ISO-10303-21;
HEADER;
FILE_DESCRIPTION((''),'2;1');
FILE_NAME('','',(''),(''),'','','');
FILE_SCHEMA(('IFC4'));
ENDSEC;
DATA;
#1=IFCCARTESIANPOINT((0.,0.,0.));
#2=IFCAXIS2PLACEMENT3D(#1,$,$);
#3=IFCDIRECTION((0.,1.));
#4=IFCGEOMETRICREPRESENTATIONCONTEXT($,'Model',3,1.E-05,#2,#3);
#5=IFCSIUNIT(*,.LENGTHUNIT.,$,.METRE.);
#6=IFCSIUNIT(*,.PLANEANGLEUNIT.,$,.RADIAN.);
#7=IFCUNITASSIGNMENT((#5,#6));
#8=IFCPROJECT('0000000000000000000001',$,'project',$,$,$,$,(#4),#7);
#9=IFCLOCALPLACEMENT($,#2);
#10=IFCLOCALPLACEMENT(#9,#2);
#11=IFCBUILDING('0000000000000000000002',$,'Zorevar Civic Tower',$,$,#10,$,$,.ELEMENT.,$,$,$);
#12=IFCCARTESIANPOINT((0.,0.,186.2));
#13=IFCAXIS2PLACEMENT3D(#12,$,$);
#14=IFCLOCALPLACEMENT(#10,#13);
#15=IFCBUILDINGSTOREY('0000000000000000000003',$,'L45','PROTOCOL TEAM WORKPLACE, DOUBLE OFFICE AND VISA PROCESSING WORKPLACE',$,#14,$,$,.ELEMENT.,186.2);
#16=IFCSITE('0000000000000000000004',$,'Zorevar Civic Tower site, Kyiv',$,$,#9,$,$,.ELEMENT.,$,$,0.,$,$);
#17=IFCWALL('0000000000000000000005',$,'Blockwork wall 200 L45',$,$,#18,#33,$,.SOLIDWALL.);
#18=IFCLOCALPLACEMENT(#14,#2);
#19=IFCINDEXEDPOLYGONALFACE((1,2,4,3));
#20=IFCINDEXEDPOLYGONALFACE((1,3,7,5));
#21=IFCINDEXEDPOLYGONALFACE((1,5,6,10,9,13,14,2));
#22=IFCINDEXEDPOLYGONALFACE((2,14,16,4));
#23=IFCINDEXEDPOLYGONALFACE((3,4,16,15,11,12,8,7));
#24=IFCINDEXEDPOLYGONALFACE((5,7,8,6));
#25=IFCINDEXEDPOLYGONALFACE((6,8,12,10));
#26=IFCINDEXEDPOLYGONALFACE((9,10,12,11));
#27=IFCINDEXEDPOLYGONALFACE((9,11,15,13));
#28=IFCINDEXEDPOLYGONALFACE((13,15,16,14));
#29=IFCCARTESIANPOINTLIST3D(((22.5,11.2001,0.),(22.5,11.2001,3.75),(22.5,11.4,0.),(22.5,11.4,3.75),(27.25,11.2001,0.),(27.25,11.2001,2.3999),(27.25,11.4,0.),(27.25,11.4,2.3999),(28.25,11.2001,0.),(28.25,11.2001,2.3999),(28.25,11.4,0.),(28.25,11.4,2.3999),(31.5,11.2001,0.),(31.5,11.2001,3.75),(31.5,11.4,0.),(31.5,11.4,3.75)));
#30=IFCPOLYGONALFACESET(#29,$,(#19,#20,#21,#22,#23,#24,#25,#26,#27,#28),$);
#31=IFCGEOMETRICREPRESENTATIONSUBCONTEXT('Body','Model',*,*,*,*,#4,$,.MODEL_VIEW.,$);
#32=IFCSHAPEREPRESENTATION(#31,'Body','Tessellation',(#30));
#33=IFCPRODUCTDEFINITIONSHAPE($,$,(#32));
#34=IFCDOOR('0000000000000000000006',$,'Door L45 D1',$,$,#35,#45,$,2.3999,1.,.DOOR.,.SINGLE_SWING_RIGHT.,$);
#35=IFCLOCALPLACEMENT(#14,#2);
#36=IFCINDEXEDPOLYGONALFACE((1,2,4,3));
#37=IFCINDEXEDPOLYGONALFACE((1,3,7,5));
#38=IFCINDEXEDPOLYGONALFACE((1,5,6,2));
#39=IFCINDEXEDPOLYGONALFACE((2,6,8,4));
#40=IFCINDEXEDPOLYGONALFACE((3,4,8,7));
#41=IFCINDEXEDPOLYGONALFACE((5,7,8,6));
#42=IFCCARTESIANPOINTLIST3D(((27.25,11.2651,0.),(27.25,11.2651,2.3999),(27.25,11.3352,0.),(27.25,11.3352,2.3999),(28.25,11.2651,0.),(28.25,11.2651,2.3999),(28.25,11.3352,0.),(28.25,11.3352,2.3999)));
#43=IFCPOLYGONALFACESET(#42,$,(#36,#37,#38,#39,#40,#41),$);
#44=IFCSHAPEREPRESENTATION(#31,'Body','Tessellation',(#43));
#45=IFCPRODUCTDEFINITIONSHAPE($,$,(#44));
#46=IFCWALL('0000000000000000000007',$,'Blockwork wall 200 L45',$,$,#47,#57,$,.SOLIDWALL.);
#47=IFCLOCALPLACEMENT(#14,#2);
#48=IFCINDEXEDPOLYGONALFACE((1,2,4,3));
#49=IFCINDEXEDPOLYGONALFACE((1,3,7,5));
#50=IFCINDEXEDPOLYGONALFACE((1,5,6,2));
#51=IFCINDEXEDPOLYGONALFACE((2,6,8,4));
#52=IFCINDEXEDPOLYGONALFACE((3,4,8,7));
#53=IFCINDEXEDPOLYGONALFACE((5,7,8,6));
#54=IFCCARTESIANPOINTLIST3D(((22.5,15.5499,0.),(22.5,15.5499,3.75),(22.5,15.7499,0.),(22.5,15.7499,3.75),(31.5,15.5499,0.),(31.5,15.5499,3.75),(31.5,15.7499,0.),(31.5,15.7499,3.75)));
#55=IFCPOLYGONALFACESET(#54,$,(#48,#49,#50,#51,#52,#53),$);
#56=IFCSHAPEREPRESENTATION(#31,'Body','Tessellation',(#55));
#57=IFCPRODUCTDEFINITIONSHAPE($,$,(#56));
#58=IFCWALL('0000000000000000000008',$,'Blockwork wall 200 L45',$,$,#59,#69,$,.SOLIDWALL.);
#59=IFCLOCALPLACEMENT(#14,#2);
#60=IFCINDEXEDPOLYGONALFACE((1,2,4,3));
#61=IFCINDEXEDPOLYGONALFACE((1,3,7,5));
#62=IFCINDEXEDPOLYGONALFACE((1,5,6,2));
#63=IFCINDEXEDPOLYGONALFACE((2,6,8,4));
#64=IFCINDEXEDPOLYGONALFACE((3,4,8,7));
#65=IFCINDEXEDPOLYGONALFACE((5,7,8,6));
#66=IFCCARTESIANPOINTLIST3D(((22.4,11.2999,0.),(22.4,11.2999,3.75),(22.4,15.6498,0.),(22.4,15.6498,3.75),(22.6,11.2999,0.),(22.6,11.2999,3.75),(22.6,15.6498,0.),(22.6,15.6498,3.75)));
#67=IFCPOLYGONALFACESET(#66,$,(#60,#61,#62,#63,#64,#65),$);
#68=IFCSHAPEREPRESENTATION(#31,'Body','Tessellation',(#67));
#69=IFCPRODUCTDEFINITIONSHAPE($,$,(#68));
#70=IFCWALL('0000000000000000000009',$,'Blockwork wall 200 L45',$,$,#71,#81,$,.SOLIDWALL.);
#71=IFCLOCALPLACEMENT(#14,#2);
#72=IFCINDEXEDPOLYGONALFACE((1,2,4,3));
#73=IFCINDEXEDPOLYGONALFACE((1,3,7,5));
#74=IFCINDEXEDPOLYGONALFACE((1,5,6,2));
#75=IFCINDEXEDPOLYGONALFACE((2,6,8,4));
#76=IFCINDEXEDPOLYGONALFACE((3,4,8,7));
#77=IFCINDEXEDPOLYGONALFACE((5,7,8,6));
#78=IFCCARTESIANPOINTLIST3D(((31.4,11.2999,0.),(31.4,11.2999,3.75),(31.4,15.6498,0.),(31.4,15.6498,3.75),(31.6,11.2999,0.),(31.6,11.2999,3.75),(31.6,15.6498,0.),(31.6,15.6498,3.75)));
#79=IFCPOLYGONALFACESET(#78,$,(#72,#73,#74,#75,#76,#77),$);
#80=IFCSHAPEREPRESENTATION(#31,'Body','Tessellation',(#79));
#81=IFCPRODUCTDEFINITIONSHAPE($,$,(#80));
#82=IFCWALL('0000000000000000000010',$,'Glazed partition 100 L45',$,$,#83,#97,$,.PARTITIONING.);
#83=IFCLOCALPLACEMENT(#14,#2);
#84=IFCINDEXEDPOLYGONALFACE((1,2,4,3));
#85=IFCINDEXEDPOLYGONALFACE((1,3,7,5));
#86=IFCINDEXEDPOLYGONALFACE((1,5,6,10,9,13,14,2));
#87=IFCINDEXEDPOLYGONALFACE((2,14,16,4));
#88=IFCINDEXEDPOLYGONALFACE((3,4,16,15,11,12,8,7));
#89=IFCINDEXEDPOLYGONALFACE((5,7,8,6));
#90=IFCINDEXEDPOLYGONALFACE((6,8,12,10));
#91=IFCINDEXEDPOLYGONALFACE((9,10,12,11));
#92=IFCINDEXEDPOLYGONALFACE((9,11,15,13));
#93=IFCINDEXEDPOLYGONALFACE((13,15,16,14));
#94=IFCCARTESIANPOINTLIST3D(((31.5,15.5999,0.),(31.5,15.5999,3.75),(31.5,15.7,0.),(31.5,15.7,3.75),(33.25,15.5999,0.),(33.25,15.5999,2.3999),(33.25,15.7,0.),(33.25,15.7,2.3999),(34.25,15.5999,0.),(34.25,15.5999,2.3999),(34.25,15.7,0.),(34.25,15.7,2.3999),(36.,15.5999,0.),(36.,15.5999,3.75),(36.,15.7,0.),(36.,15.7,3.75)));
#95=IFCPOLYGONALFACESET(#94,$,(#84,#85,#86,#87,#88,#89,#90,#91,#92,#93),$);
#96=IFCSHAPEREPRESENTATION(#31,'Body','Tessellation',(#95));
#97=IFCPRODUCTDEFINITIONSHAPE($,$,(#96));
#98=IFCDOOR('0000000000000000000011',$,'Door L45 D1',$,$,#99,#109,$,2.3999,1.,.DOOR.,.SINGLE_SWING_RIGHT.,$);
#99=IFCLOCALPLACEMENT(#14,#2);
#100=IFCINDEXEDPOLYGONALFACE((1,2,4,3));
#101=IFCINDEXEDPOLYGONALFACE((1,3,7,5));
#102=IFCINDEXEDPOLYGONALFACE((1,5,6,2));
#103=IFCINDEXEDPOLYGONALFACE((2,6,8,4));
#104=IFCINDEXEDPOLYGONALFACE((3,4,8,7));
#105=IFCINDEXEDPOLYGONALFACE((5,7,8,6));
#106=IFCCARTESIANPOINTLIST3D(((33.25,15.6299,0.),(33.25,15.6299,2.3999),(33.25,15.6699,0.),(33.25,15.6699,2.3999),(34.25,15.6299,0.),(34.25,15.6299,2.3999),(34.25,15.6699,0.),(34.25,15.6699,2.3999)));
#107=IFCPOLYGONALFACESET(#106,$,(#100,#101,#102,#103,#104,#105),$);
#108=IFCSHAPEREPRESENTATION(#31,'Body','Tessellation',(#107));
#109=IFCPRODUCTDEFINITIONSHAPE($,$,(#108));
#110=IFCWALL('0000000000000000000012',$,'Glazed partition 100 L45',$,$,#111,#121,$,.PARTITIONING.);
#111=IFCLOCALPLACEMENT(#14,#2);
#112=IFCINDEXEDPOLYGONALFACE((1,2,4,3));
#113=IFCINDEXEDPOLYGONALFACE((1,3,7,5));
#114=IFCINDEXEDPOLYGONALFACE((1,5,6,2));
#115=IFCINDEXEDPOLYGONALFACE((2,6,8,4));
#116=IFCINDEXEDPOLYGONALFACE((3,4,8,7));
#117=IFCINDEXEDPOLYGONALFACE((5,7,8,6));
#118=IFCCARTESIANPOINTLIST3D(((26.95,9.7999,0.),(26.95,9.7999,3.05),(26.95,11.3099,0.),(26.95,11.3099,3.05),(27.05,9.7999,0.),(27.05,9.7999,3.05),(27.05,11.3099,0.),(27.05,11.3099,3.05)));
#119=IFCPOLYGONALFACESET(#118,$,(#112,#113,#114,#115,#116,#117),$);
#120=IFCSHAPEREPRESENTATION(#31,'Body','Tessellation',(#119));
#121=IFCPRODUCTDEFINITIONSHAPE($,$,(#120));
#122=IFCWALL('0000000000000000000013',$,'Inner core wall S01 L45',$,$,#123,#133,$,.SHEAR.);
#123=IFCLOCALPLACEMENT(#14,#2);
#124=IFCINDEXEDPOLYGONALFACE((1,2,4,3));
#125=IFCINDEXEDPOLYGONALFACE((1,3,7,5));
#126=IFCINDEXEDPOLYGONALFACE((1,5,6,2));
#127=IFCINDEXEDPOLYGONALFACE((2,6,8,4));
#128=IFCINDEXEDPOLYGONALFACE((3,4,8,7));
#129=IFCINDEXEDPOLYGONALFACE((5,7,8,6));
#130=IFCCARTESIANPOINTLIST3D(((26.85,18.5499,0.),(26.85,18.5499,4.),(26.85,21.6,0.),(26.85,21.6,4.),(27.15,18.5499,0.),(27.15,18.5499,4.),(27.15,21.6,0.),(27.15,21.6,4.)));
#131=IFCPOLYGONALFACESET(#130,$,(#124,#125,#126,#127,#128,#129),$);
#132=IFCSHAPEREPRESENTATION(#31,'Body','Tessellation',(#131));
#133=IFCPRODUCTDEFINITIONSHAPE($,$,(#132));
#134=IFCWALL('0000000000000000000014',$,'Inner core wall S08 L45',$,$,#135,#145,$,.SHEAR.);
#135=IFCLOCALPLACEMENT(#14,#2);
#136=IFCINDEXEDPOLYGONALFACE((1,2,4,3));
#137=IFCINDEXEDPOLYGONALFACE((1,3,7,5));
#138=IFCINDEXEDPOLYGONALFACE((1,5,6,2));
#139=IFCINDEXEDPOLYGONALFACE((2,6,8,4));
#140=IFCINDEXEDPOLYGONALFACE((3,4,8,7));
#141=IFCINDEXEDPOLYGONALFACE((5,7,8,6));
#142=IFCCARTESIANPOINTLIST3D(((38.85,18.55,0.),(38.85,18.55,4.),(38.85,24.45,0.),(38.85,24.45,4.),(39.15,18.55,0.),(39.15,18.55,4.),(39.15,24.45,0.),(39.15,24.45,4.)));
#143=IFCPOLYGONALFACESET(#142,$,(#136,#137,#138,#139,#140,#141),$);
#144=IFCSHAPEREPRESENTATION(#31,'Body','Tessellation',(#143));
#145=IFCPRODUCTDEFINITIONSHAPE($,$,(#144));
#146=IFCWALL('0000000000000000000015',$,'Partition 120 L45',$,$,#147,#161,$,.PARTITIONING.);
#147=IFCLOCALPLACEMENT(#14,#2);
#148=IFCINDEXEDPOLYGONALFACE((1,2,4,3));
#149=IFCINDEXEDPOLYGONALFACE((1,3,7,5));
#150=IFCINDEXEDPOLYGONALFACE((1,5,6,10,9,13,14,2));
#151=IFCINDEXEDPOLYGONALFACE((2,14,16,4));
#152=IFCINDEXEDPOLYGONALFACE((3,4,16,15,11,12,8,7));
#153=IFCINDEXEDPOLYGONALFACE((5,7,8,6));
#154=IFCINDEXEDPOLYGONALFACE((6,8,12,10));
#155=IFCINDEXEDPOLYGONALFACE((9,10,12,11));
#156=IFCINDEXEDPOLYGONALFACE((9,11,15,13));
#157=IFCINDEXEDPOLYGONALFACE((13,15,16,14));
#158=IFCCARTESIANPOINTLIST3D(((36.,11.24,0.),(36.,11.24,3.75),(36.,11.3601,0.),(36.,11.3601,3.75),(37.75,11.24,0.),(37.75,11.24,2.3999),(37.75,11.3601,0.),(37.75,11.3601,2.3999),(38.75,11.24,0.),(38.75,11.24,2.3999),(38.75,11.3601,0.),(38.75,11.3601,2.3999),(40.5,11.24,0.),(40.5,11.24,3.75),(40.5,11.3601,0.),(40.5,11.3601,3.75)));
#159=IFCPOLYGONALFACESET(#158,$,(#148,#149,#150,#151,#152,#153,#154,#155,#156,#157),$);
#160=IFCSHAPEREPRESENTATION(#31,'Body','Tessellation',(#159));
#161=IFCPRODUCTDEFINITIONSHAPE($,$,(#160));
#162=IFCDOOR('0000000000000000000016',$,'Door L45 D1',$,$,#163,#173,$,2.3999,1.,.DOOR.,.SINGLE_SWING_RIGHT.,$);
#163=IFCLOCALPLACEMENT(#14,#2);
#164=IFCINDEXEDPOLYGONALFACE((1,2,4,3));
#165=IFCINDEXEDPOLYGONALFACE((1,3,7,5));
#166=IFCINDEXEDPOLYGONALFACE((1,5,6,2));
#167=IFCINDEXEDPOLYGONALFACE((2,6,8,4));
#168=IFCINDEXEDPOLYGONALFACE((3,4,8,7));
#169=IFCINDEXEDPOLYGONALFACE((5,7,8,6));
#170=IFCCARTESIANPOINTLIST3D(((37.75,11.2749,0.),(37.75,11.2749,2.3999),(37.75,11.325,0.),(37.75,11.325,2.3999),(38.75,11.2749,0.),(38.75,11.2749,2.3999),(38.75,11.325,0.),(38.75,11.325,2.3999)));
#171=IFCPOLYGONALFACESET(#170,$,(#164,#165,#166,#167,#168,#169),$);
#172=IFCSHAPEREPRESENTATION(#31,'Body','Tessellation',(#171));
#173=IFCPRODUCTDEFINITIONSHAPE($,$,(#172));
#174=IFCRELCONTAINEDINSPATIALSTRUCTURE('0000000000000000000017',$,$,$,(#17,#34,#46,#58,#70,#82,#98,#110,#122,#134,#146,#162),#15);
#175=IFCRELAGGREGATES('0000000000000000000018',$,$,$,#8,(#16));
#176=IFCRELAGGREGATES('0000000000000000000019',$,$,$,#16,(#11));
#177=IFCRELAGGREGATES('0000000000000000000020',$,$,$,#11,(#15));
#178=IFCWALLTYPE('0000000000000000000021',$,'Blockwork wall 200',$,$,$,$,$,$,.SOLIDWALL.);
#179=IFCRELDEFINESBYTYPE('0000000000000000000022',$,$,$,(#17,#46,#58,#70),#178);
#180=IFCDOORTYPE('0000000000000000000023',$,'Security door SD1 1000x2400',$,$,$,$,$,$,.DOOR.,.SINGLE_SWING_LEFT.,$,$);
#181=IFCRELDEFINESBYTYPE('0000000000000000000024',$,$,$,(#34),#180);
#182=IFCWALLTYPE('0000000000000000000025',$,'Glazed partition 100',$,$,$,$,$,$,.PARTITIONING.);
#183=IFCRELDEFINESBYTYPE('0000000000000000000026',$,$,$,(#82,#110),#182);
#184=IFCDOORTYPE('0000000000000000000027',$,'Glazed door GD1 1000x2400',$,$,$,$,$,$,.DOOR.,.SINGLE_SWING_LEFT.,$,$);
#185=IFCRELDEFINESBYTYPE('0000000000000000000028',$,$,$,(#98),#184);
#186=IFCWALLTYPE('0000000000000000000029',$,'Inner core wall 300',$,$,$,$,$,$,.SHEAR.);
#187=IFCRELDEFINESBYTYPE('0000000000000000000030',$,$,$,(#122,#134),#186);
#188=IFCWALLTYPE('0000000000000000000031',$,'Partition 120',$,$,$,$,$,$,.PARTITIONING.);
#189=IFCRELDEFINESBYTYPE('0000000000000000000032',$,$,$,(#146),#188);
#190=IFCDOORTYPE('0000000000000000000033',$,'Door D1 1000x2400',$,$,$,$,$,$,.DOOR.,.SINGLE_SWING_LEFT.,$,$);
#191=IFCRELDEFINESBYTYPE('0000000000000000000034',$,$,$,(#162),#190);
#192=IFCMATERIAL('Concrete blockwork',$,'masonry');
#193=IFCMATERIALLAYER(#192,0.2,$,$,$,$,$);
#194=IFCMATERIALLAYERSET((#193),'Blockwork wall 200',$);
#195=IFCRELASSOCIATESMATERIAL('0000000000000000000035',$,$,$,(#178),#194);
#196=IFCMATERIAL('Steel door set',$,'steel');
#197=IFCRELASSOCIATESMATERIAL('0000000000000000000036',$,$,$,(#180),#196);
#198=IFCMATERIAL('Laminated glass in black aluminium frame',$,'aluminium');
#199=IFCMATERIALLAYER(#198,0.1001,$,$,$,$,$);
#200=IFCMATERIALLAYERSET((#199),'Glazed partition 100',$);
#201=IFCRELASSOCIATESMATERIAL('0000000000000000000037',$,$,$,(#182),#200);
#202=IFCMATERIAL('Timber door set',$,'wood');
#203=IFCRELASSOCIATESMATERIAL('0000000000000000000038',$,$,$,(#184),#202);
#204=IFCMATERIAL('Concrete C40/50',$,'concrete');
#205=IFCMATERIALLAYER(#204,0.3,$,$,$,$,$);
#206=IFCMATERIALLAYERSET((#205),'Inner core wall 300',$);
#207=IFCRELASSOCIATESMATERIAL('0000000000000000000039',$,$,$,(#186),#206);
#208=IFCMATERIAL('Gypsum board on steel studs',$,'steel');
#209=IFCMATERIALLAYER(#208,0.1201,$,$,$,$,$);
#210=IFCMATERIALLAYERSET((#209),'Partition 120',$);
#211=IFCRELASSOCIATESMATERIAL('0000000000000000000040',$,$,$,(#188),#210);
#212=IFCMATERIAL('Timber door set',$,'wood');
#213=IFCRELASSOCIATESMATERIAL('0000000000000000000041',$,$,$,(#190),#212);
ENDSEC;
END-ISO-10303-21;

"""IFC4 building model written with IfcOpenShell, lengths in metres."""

from ifc_helpers import new_model, si_unit, direction, frame, frame_2d, origin, place, context, subcontext, project, spatial, rectangle, extrude, material, layer, layer_set, type_object, element, fill, save


model = new_model("IFC4")

# Units and contexts
model_context = context("Model", 3, precision=1e-05, world=origin(), true_north=direction((0.0, 1.0)))
body_context = subcontext(model_context, "Body", "Model", "MODEL_VIEW")
ifc_project = project(units=[si_unit("LENGTHUNIT", "METRE"), si_unit("PLANEANGLEUNIT", "RADIAN")], contexts=[model_context])

# Site, building, storey
site_placement = place(None, origin())
site = spatial("IfcSite", under=ifc_project, at=site_placement, Name="Zorevar Civic Tower site, Kyiv", CompositionType="ELEMENT", RefElevation=0.0)
building_placement = place(site_placement, origin())
building = spatial("IfcBuilding", under=site, at=building_placement, Name="Zorevar Civic Tower", CompositionType="ELEMENT")
storey_placement = place(building_placement, frame((0.0, 0.0, 186.2)))
storey = spatial("IfcBuildingStorey", under=building, at=storey_placement, Name="L45", Description="PROTOCOL TEAM WORKPLACE, DOUBLE OFFICE AND VISA PROCESSING WORKPLACE", CompositionType="ELEMENT", Elevation=186.2)

# Wall, opening, door
ifc_material_1 = material(Name="Concrete blockwork", Category="masonry")
ifc_layer_1 = layer(ifc_material_1, 0.2)
ifc_layer_set_1 = layer_set([ifc_layer_1], Name="Blockwork wall 200")
wall_type_1 = type_object("IfcWallType", Name="Blockwork wall 200", PredefinedType="SOLIDWALL", material=ifc_layer_set_1)
wall_1_placement = place(storey_placement, frame((22.5, 11.3, 0.0), z_axis=(0.0, 0.0, 1.0), x_axis=(1.0, 0.0, 0.0)))
wall_1 = element("IfcWall", 1, at=wall_1_placement, inside=storey, type_object=wall_type_1, Name="Blockwork wall 200 L45", PredefinedType="SOLIDWALL", context=body_context, shape_type="SweptSolid", body=[
    extrude(rectangle(XDim=9.0, YDim=0.2, at=frame_2d((4.5, 0.0))), origin(), (0.0, 0.0, 1.0), 3.75),
])
opening_1_placement = place(wall_1_placement, frame((4.75, 0.0, 0.0)))
opening_1 = element("IfcOpeningElement", 2, at=opening_1_placement, cuts=wall_1, PredefinedType="OPENING", context=body_context, shape_type="SweptSolid", body=[
    extrude(rectangle(XDim=1.0, YDim=2.3999, at=frame_2d((0.5, 1.2))), frame((0.0, 0.1099, 0.0), z_axis=(0.0, -1.0, 0.0), x_axis=(1.0, 0.0, 0.0)), (0.0, 0.0, 1.0), 0.22),
])
ifc_material_2 = material(Name="Steel door set", Category="steel")
door_type_1 = type_object("IfcDoorType", Name="Security door SD1 1000x2400", OperationType="SINGLE_SWING_LEFT", PredefinedType="DOOR", material=ifc_material_2)
door_1_placement = place(opening_1_placement, origin())
door_1 = element("IfcDoor", 3, at=door_1_placement, inside=storey, type_object=door_type_1, Name="Door L45 D1", OperationType="SINGLE_SWING_RIGHT", OverallHeight=2.3999, OverallWidth=1.0, PredefinedType="DOOR", context=body_context, shape_type="SweptSolid", body=[
    extrude(rectangle(XDim=1.0, YDim=2.3999, at=frame_2d((0.5, 1.2))), frame((0.0, 0.0352, 0.0), z_axis=(0.0, -1.0, 0.0), x_axis=(1.0, 0.0, 0.0)), (0.0, 0.0, 1.0), 0.0701),
])
fill(opening_1, door_1)

# Walls
wall_2_placement = place(storey_placement, frame((22.5, 15.6499, 0.0), z_axis=(0.0, 0.0, 1.0), x_axis=(1.0, 0.0, 0.0)))
element("IfcWall", 4, at=wall_2_placement, inside=storey, type_object=wall_type_1, Name="Blockwork wall 200 L45", PredefinedType="SOLIDWALL", context=body_context, shape_type="SweptSolid", body=[
    extrude(rectangle(XDim=9.0, YDim=0.2, at=frame_2d((4.5, 0.0))), origin(), (0.0, 0.0, 1.0), 3.75),
])
for number, where, z_axis, x_axis, name in (
    (5, (22.5, 11.3, 0.0), (0.0, 0.0, 1.0), (0.0, 1.0, 0.0), "Blockwork wall 200 L45"),
    (6, (31.5, 11.3, 0.0), (0.0, 0.0, 1.0), (0.0, 1.0, 0.0), "Blockwork wall 200 L45"),
):
    element("IfcWall", number, at=place(storey_placement, frame(where, z_axis=z_axis, x_axis=x_axis)), inside=storey, type_object=wall_type_1, Name=name, PredefinedType="SOLIDWALL", context=body_context, shape_type="SweptSolid", body=[
        extrude(rectangle(XDim=4.3499, YDim=0.2, at=frame_2d((2.1748, 0.0))), origin(), (0.0, 0.0, 1.0), 3.75),
    ])

# Wall, opening, door
ifc_material_3 = material(Name="Laminated glass in black aluminium frame", Category="aluminium")
ifc_layer_2 = layer(ifc_material_3, 0.1001)
ifc_layer_set_2 = layer_set([ifc_layer_2], Name="Glazed partition 100")
wall_type_2 = type_object("IfcWallType", Name="Glazed partition 100", PredefinedType="PARTITIONING", material=ifc_layer_set_2)
wall_3_placement = place(storey_placement, frame((31.5, 15.6499, 0.0), z_axis=(0.0, 0.0, 1.0), x_axis=(1.0, 0.0, 0.0)))
wall_3 = element("IfcWall", 7, at=wall_3_placement, inside=storey, type_object=wall_type_2, Name="Glazed partition 100 L45", PredefinedType="PARTITIONING", context=body_context, shape_type="SweptSolid", body=[
    extrude(rectangle(XDim=4.5, YDim=0.1001, at=frame_2d((2.25, 0.0))), origin(), (0.0, 0.0, 1.0), 3.75),
])
opening_2_placement = place(wall_3_placement, frame((1.75, 0.0, 0.0)))
opening_2 = element("IfcOpeningElement", 8, at=opening_2_placement, cuts=wall_3, PredefinedType="OPENING", context=body_context, shape_type="SweptSolid", body=[
    extrude(rectangle(XDim=1.0, YDim=2.3999, at=frame_2d((0.5, 1.2))), frame((0.0, 0.0601, 0.0), z_axis=(0.0, -1.0, 0.0), x_axis=(1.0, 0.0, 0.0)), (0.0, 0.0, 1.0), 0.1201),
])
ifc_material_4 = material(Name="Timber door set", Category="wood")
door_type_2 = type_object("IfcDoorType", Name="Glazed door GD1 1000x2400", OperationType="SINGLE_SWING_LEFT", PredefinedType="DOOR", material=ifc_material_4)
door_2_placement = place(opening_2_placement, origin())
door_2 = element("IfcDoor", 9, at=door_2_placement, inside=storey, type_object=door_type_2, Name="Door L45 D1", OperationType="SINGLE_SWING_RIGHT", OverallHeight=2.3999, OverallWidth=1.0, PredefinedType="DOOR", context=body_context, shape_type="SweptSolid", body=[
    extrude(rectangle(XDim=1.0, YDim=2.3999, at=frame_2d((0.5, 1.2))), frame((0.0, 0.02, 0.0), z_axis=(0.0, -1.0, 0.0), x_axis=(1.0, 0.0, 0.0)), (0.0, 0.0, 1.0), 0.04),
])
fill(opening_2, door_2)

# Walls
wall_4_placement = place(storey_placement, frame((27.0, 9.8, 0.0), z_axis=(0.0, 0.0, 1.0), x_axis=(0.0, 1.0, 0.0)))
element("IfcWall", 10, at=wall_4_placement, inside=storey, type_object=wall_type_2, Name="Glazed partition 100 L45", PredefinedType="PARTITIONING", context=body_context, shape_type="SweptSolid", body=[
    extrude(rectangle(XDim=1.51, YDim=0.1001, at=frame_2d((0.7549, 0.0))), origin(), (0.0, 0.0, 1.0), 3.05),
])
ifc_material_5 = material(Name="Concrete C40/50", Category="concrete")
ifc_layer_3 = layer(ifc_material_5, 0.3)
ifc_layer_set_3 = layer_set([ifc_layer_3], Name="Inner core wall 300")
wall_type_3 = type_object("IfcWallType", Name="Inner core wall 300", PredefinedType="SHEAR", material=ifc_layer_set_3)
wall_5_placement = place(storey_placement, frame((27.0, 18.55, 0.0), z_axis=(0.0, 0.0, 1.0), x_axis=(0.0, 1.0, 0.0)))
element("IfcWall", 11, at=wall_5_placement, inside=storey, type_object=wall_type_3, Name="Inner core wall S01 L45", PredefinedType="SHEAR", context=body_context, shape_type="SweptSolid", body=[
    extrude(rectangle(XDim=3.05, YDim=0.3, at=frame_2d((1.5249, 0.0))), origin(), (0.0, 0.0, 1.0), 4.0),
])
wall_6_placement = place(storey_placement, frame((39.0, 18.55, 0.0), z_axis=(0.0, 0.0, 1.0), x_axis=(0.0, 1.0, 0.0)))
element("IfcWall", 12, at=wall_6_placement, inside=storey, type_object=wall_type_3, Name="Inner core wall S08 L45", PredefinedType="SHEAR", context=body_context, shape_type="SweptSolid", body=[
    extrude(rectangle(XDim=5.8999, YDim=0.3, at=frame_2d((2.95, 0.0))), origin(), (0.0, 0.0, 1.0), 4.0),
])

# Wall, opening, door
ifc_material_6 = material(Name="Gypsum board on steel studs", Category="steel")
ifc_layer_4 = layer(ifc_material_6, 0.1201)
ifc_layer_set_4 = layer_set([ifc_layer_4], Name="Partition 120")
wall_type_4 = type_object("IfcWallType", Name="Partition 120", PredefinedType="PARTITIONING", material=ifc_layer_set_4)
wall_7_placement = place(storey_placement, frame((36.0, 11.3, 0.0), z_axis=(0.0, 0.0, 1.0), x_axis=(1.0, 0.0, 0.0)))
wall_7 = element("IfcWall", 13, at=wall_7_placement, inside=storey, type_object=wall_type_4, Name="Partition 120 L45", PredefinedType="PARTITIONING", context=body_context, shape_type="SweptSolid", body=[
    extrude(rectangle(XDim=4.5, YDim=0.1201, at=frame_2d((2.25, 0.0))), origin(), (0.0, 0.0, 1.0), 3.75),
])
opening_3_placement = place(wall_7_placement, frame((1.75, 0.0, 0.0)))
opening_3 = element("IfcOpeningElement", 14, at=opening_3_placement, cuts=wall_7, PredefinedType="OPENING", context=body_context, shape_type="SweptSolid", body=[
    extrude(rectangle(XDim=1.0, YDim=2.3999, at=frame_2d((0.5, 1.2))), frame((0.0, 0.0701, 0.0), z_axis=(0.0, -1.0, 0.0), x_axis=(1.0, 0.0, 0.0)), (0.0, 0.0, 1.0), 0.1401),
])
ifc_material_7 = material(Name="Timber door set", Category="wood")
door_type_3 = type_object("IfcDoorType", Name="Door D1 1000x2400", OperationType="SINGLE_SWING_LEFT", PredefinedType="DOOR", material=ifc_material_7)
door_3_placement = place(opening_3_placement, origin())
door_3 = element("IfcDoor", 15, at=door_3_placement, inside=storey, type_object=door_type_3, Name="Door L45 D1", OperationType="SINGLE_SWING_RIGHT", OverallHeight=2.3999, OverallWidth=1.0, PredefinedType="DOOR", context=body_context, shape_type="SweptSolid", body=[
    extrude(rectangle(XDim=1.0, YDim=2.3999, at=frame_2d((0.5, 1.2))), frame((0.0, 0.0249, 0.0), z_axis=(0.0, -1.0, 0.0), x_axis=(1.0, 0.0, 0.0)), (0.0, 0.0, 1.0), 0.05),
])
fill(opening_3, door_3)

save(model, "model.ifc")
